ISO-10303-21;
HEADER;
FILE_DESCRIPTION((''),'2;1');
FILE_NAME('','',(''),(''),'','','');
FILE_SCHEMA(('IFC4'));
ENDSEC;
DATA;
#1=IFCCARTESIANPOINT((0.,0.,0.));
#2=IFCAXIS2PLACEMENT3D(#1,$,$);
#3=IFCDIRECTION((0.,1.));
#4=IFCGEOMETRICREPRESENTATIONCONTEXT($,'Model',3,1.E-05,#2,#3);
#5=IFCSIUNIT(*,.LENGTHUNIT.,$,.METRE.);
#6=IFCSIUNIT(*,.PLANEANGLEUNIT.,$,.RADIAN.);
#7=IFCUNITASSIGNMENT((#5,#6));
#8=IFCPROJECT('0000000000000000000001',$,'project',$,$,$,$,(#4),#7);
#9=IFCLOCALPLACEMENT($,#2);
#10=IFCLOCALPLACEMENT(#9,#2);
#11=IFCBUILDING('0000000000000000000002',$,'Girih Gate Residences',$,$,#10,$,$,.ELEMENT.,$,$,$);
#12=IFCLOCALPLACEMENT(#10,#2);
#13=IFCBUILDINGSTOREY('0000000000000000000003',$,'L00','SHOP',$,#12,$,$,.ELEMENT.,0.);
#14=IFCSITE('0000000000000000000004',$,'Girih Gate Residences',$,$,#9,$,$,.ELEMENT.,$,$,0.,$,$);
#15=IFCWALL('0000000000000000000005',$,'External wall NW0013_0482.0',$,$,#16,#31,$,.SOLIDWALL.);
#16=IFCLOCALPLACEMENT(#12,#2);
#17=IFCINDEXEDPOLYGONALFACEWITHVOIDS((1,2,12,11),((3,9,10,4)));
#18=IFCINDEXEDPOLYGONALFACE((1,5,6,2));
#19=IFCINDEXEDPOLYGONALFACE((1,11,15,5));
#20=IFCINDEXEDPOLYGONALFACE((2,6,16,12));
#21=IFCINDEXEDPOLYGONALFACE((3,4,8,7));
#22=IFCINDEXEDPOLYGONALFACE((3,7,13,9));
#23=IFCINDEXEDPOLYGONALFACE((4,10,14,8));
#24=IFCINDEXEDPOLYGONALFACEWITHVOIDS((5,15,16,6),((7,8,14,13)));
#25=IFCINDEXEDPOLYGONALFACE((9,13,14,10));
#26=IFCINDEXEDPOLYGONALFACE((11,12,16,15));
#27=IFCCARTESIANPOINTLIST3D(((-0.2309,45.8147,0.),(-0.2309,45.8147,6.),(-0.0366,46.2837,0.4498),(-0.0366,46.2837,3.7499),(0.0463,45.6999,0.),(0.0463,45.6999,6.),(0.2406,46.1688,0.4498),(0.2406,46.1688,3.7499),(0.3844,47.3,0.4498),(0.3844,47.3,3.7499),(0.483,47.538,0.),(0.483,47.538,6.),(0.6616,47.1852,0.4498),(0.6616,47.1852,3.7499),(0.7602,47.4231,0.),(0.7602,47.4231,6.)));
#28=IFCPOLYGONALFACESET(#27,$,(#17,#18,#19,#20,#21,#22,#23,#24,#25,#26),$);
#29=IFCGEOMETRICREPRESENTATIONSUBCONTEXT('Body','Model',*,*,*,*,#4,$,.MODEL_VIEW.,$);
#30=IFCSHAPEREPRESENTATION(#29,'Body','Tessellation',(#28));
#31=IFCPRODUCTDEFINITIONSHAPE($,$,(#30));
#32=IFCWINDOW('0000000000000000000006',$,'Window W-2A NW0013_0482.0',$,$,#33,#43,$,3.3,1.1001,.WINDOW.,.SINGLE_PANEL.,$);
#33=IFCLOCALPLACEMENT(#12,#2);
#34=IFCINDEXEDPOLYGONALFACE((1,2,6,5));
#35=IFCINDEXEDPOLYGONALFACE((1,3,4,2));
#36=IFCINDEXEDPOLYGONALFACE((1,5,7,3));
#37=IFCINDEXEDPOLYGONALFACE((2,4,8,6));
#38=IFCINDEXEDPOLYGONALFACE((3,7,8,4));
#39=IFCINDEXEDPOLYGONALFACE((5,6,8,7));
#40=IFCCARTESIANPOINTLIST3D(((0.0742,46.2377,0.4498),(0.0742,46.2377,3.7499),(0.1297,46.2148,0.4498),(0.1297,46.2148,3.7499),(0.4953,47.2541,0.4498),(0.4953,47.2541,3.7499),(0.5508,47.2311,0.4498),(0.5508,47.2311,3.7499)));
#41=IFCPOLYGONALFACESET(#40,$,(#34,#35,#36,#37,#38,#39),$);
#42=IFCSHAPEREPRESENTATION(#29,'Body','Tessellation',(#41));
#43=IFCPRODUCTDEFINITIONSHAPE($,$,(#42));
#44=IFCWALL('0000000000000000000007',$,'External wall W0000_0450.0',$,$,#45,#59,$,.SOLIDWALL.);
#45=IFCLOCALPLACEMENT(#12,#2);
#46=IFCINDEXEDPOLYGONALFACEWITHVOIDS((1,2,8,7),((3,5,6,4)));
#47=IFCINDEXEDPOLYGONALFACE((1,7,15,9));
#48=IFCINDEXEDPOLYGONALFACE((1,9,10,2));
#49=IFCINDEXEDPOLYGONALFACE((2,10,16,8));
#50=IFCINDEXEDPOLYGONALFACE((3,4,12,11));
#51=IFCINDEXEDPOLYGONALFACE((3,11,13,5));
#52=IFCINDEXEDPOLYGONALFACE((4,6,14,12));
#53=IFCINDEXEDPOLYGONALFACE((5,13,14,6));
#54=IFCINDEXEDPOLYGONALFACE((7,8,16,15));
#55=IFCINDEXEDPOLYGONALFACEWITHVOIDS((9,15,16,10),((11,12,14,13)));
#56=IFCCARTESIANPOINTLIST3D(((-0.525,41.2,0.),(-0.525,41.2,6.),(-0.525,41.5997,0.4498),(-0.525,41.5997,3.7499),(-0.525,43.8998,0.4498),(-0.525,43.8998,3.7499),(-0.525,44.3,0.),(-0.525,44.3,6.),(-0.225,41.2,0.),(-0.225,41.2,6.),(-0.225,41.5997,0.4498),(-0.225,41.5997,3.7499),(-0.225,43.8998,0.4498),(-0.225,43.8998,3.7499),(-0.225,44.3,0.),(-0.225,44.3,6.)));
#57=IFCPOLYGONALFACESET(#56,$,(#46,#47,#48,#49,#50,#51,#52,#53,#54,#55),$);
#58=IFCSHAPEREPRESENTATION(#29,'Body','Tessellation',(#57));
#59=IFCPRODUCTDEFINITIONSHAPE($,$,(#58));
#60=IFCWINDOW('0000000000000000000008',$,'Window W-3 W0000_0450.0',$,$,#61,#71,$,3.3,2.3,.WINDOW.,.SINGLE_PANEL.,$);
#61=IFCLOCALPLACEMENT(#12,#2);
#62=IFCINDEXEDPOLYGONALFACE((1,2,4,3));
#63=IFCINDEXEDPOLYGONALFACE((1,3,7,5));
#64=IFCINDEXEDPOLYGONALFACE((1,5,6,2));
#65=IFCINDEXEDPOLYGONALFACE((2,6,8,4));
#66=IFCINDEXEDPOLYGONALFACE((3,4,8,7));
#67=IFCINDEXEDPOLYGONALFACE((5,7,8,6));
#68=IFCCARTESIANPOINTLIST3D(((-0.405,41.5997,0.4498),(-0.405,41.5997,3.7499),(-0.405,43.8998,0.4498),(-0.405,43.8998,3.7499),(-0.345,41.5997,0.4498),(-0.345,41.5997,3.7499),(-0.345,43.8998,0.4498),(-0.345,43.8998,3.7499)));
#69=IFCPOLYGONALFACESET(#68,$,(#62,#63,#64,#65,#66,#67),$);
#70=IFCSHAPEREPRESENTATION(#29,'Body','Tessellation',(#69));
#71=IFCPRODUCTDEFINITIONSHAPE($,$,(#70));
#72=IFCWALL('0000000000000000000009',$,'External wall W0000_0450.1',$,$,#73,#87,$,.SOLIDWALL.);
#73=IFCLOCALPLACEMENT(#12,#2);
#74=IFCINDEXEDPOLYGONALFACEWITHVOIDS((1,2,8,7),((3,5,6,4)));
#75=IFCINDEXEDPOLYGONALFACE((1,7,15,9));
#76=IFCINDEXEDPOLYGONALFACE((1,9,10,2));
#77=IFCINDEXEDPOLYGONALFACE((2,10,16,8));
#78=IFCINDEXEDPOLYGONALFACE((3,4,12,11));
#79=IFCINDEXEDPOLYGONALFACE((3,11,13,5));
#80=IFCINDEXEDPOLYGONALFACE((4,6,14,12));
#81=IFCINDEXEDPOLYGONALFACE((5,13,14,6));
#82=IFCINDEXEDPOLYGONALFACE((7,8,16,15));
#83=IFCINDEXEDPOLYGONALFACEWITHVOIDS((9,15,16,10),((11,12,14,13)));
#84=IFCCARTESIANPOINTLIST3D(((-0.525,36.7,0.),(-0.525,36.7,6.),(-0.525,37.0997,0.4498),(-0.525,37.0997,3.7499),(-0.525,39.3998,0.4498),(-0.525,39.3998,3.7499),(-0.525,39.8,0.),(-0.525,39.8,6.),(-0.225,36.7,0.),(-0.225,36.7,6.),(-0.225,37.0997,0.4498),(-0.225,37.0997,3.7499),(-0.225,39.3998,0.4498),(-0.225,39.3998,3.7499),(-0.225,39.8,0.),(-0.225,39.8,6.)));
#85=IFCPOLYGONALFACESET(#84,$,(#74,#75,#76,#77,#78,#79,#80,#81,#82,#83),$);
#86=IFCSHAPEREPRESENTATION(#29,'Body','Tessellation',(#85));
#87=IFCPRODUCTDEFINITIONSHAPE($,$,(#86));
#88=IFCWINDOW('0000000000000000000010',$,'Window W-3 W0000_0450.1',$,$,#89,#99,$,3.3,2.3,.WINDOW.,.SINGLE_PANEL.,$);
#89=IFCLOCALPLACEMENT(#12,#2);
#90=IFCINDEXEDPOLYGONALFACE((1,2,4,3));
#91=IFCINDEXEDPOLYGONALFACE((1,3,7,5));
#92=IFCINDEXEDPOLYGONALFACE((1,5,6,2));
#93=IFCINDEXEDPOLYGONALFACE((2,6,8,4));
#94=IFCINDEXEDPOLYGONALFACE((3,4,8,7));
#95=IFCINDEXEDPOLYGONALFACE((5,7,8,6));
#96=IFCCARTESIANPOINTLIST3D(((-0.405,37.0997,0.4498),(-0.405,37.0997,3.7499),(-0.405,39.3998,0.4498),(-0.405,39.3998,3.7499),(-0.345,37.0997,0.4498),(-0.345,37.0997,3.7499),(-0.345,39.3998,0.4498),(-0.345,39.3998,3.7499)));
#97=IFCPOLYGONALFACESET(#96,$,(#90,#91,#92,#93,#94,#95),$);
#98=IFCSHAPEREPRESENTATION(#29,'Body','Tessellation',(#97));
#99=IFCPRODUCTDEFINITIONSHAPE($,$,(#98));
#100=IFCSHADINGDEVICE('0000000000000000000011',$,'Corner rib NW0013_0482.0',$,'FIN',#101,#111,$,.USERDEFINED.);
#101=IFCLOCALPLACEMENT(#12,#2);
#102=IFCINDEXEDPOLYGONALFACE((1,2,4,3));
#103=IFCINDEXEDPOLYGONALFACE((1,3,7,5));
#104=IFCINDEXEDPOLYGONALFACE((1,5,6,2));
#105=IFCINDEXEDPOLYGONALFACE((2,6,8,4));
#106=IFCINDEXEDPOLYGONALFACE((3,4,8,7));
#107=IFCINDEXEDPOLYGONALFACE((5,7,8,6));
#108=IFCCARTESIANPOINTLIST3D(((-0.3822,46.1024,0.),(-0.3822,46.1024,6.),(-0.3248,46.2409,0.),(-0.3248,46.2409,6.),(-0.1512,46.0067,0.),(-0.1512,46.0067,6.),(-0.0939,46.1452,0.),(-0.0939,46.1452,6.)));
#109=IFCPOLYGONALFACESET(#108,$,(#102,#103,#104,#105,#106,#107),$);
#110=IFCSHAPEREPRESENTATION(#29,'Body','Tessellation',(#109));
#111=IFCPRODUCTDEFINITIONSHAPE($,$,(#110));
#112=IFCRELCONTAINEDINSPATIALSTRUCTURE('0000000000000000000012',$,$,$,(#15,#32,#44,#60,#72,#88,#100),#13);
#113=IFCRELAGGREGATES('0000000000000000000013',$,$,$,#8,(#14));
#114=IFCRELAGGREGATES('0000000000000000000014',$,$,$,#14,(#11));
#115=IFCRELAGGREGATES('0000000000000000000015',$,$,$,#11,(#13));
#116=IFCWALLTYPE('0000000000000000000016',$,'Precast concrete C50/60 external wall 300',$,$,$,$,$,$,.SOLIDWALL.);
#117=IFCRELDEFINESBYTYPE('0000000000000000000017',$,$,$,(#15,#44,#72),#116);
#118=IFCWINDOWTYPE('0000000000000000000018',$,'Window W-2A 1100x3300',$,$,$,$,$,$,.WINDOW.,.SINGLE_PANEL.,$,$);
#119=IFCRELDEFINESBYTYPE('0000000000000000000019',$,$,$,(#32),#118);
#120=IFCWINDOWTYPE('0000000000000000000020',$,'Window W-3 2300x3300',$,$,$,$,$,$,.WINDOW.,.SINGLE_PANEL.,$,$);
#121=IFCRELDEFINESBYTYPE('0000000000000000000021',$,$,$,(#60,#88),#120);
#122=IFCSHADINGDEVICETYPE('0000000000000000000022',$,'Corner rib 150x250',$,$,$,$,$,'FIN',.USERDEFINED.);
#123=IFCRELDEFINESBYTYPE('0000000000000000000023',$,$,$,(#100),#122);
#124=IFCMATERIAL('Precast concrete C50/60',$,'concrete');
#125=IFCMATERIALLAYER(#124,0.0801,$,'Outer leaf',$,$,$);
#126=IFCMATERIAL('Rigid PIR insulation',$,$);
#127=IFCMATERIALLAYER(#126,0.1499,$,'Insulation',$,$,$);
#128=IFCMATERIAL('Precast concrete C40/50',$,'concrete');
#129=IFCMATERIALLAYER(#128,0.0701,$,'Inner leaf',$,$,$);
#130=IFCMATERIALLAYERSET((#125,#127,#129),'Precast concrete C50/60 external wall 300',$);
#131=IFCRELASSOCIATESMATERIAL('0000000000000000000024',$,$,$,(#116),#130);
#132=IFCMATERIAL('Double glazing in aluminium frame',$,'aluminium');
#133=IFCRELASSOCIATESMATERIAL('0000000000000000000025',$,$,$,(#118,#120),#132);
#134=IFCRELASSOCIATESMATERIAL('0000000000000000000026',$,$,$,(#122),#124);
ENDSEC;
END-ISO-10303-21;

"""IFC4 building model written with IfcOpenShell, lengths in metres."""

from ifc_helpers import new_model, si_unit, direction, frame, frame_2d, origin, origin_2d, place, context, subcontext, project, spatial, rectangle, extrude, material, layer, layer_set, type_object, element, fill, save


model = new_model("IFC4")

# Units and contexts
model_context = context("Model", 3, precision=1e-05, world=origin(), true_north=direction((0.0, 1.0)))
body_context = subcontext(model_context, "Body", "Model", "MODEL_VIEW")
ifc_project = project(units=[si_unit("LENGTHUNIT", "METRE"), si_unit("PLANEANGLEUNIT", "RADIAN")], contexts=[model_context])

# Site, building, storey
site_placement = place(None, origin())
site = spatial("IfcSite", under=ifc_project, at=site_placement, Name="Girih Gate Residences", CompositionType="ELEMENT", RefElevation=0.0)
building_placement = place(site_placement, origin())
building = spatial("IfcBuilding", under=site, at=building_placement, Name="Girih Gate Residences", CompositionType="ELEMENT")
storey_placement = place(building_placement, origin())
storey = spatial("IfcBuildingStorey", under=building, at=storey_placement, Name="L00", Description="SHOP", CompositionType="ELEMENT", Elevation=0.0)

# Walls, openings, windows
ifc_material_1 = material(Name="Precast concrete C50/60", Category="concrete")
ifc_layer_1 = layer(ifc_material_1, 0.0801, Name="Outer leaf")
ifc_material_2 = material(Name="Rigid PIR insulation")
ifc_layer_2 = layer(ifc_material_2, 0.1499, Name="Insulation")
ifc_material_3 = material(Name="Precast concrete C40/50", Category="concrete")
ifc_layer_3 = layer(ifc_material_3, 0.0701, Name="Inner leaf")
ifc_layer_set_1 = layer_set([ifc_layer_1, ifc_layer_2, ifc_layer_3], Name="Precast concrete C50/60 external wall 300")
wall_type_1 = type_object("IfcWallType", Name="Precast concrete C50/60 external wall 300", PredefinedType="SOLIDWALL", material=ifc_layer_set_1)
wall_1_placement = place(storey_placement, frame((-0.0923, 45.7573, 0.0), z_axis=(0.0, 0.0, 1.0), x_axis=(0.382737, 0.923857, 0.0)))
wall_1 = element("IfcWall", 1, at=wall_1_placement, inside=storey, type_object=wall_type_1, Name="External wall NW0013_0482.0", PredefinedType="SOLIDWALL", context=body_context, shape_type="SweptSolid", body=[
    extrude(rectangle(XDim=1.8652, YDim=0.3, at=frame_2d((0.9326, 0.0))), origin(), (0.0, 0.0, 1.0), 6.0),
])
opening_1_placement = place(wall_1_placement, frame((0.5076, 0.0, 0.45)))
opening_1 = element("IfcOpeningElement", 2, at=opening_1_placement, cuts=wall_1, PredefinedType="OPENING", context=body_context, shape_type="SweptSolid", body=[
    extrude(rectangle(XDim=1.1001, YDim=3.3, at=frame_2d((0.55, 1.6499))), frame((0.0, 0.1599, 0.0), z_axis=(0.0, -1.0, 0.0), x_axis=(1.0, 0.0, 0.0)), (0.0, 0.0, 1.0), 0.3201),
])
ifc_material_4 = material(Name="Double glazing in aluminium frame", Category="aluminium")
window_type_1 = type_object("IfcWindowType", Name="Window W-2A 1100x3300", PartitioningType="SINGLE_PANEL", PredefinedType="WINDOW", material=ifc_material_4)
window_1_placement = place(opening_1_placement, origin())
window_1 = element("IfcWindow", 3, at=window_1_placement, inside=storey, type_object=window_type_1, Name="Window W-2A NW0013_0482.0", OverallHeight=3.3, OverallWidth=1.1001, PartitioningType="SINGLE_PANEL", PredefinedType="WINDOW", context=body_context, shape_type="SweptSolid", body=[
    extrude(rectangle(XDim=1.1001, YDim=3.3, at=frame_2d((0.55, 1.6499))), frame((0.0, 0.03, 0.0), z_axis=(0.0, -1.0, 0.0), x_axis=(1.0, 0.0, 0.0)), (0.0, 0.0, 1.0), 0.0601),
])
fill(opening_1, window_1)
wall_2_placement = place(storey_placement, frame((-0.375, 41.2, 0.0), z_axis=(0.0, 0.0, 1.0), x_axis=(0.0, 1.0, 0.0)))
wall_2 = element("IfcWall", 4, at=wall_2_placement, inside=storey, type_object=wall_type_1, Name="External wall W0000_0450.0", PredefinedType="SOLIDWALL", context=body_context, shape_type="SweptSolid", body=[
    extrude(rectangle(XDim=3.1001, YDim=0.3, at=frame_2d((1.55, 0.0))), origin(), (0.0, 0.0, 1.0), 6.0),
])
opening_2_placement = place(wall_2_placement, frame((0.3999, 0.0, 0.45)))
opening_2 = element("IfcOpeningElement", 5, at=opening_2_placement, cuts=wall_2, PredefinedType="OPENING", context=body_context, shape_type="SweptSolid", body=[
    extrude(rectangle(XDim=2.3, YDim=3.3, at=frame_2d((1.1499, 1.6499))), frame((0.0, 0.1599, 0.0), z_axis=(0.0, -1.0, 0.0), x_axis=(1.0, 0.0, 0.0)), (0.0, 0.0, 1.0), 0.3201),
])
window_type_2 = type_object("IfcWindowType", Name="Window W-3 2300x3300", PartitioningType="SINGLE_PANEL", PredefinedType="WINDOW", material=ifc_material_4)
window_2_placement = place(opening_2_placement, origin())
window_2 = element("IfcWindow", 6, at=window_2_placement, inside=storey, type_object=window_type_2, Name="Window W-3 W0000_0450.0", OverallHeight=3.3, OverallWidth=2.3, PartitioningType="SINGLE_PANEL", PredefinedType="WINDOW", context=body_context, shape_type="SweptSolid", body=[
    extrude(rectangle(XDim=2.3, YDim=3.3, at=frame_2d((1.1499, 1.6499))), frame((0.0, 0.03, 0.0), z_axis=(0.0, -1.0, 0.0), x_axis=(1.0, 0.0, 0.0)), (0.0, 0.0, 1.0), 0.0601),
])
fill(opening_2, window_2)
wall_3_placement = place(storey_placement, frame((-0.375, 36.7, 0.0), z_axis=(0.0, 0.0, 1.0), x_axis=(0.0, 1.0, 0.0)))
wall_3 = element("IfcWall", 7, at=wall_3_placement, inside=storey, type_object=wall_type_1, Name="External wall W0000_0450.1", PredefinedType="SOLIDWALL", context=body_context, shape_type="SweptSolid", body=[
    extrude(rectangle(XDim=3.1001, YDim=0.3, at=frame_2d((1.55, 0.0))), origin(), (0.0, 0.0, 1.0), 6.0),
])
opening_3_placement = place(wall_3_placement, frame((0.3999, 0.0, 0.45)))
opening_3 = element("IfcOpeningElement", 8, at=opening_3_placement, cuts=wall_3, PredefinedType="OPENING", context=body_context, shape_type="SweptSolid", body=[
    extrude(rectangle(XDim=2.3, YDim=3.3, at=frame_2d((1.1499, 1.6499))), frame((0.0, 0.1599, 0.0), z_axis=(0.0, -1.0, 0.0), x_axis=(1.0, 0.0, 0.0)), (0.0, 0.0, 1.0), 0.3201),
])
window_3_placement = place(opening_3_placement, origin())
window_3 = element("IfcWindow", 9, at=window_3_placement, inside=storey, type_object=window_type_2, Name="Window W-3 W0000_0450.1", OverallHeight=3.3, OverallWidth=2.3, PartitioningType="SINGLE_PANEL", PredefinedType="WINDOW", context=body_context, shape_type="SweptSolid", body=[
    extrude(rectangle(XDim=2.3, YDim=3.3, at=frame_2d((1.1499, 1.6499))), frame((0.0, 0.03, 0.0), z_axis=(0.0, -1.0, 0.0), x_axis=(1.0, 0.0, 0.0)), (0.0, 0.0, 1.0), 0.0601),
])
fill(opening_3, window_3)

# Shading device
shading_device_type = type_object("IfcShadingDeviceType", Name="Corner rib 150x250", ElementType="FIN", PredefinedType="USERDEFINED", material=ifc_material_1)
shading_device_placement = place(storey_placement, frame((-0.238, 46.1238, 0.0), z_axis=(0.0, 0.0, 1.0), x_axis=(-0.382683, -0.92388, 0.0)))
element("IfcShadingDevice", 10, at=shading_device_placement, inside=storey, type_object=shading_device_type, Name="Corner rib NW0013_0482.0", ObjectType="FIN", PredefinedType="USERDEFINED", context=body_context, shape_type="SweptSolid", body=[
    extrude(rectangle(XDim=0.1499, YDim=0.25, at=origin_2d()), origin(), (0.0, 0.0, 1.0), 6.0),
])

save(model, "model.ifc")
